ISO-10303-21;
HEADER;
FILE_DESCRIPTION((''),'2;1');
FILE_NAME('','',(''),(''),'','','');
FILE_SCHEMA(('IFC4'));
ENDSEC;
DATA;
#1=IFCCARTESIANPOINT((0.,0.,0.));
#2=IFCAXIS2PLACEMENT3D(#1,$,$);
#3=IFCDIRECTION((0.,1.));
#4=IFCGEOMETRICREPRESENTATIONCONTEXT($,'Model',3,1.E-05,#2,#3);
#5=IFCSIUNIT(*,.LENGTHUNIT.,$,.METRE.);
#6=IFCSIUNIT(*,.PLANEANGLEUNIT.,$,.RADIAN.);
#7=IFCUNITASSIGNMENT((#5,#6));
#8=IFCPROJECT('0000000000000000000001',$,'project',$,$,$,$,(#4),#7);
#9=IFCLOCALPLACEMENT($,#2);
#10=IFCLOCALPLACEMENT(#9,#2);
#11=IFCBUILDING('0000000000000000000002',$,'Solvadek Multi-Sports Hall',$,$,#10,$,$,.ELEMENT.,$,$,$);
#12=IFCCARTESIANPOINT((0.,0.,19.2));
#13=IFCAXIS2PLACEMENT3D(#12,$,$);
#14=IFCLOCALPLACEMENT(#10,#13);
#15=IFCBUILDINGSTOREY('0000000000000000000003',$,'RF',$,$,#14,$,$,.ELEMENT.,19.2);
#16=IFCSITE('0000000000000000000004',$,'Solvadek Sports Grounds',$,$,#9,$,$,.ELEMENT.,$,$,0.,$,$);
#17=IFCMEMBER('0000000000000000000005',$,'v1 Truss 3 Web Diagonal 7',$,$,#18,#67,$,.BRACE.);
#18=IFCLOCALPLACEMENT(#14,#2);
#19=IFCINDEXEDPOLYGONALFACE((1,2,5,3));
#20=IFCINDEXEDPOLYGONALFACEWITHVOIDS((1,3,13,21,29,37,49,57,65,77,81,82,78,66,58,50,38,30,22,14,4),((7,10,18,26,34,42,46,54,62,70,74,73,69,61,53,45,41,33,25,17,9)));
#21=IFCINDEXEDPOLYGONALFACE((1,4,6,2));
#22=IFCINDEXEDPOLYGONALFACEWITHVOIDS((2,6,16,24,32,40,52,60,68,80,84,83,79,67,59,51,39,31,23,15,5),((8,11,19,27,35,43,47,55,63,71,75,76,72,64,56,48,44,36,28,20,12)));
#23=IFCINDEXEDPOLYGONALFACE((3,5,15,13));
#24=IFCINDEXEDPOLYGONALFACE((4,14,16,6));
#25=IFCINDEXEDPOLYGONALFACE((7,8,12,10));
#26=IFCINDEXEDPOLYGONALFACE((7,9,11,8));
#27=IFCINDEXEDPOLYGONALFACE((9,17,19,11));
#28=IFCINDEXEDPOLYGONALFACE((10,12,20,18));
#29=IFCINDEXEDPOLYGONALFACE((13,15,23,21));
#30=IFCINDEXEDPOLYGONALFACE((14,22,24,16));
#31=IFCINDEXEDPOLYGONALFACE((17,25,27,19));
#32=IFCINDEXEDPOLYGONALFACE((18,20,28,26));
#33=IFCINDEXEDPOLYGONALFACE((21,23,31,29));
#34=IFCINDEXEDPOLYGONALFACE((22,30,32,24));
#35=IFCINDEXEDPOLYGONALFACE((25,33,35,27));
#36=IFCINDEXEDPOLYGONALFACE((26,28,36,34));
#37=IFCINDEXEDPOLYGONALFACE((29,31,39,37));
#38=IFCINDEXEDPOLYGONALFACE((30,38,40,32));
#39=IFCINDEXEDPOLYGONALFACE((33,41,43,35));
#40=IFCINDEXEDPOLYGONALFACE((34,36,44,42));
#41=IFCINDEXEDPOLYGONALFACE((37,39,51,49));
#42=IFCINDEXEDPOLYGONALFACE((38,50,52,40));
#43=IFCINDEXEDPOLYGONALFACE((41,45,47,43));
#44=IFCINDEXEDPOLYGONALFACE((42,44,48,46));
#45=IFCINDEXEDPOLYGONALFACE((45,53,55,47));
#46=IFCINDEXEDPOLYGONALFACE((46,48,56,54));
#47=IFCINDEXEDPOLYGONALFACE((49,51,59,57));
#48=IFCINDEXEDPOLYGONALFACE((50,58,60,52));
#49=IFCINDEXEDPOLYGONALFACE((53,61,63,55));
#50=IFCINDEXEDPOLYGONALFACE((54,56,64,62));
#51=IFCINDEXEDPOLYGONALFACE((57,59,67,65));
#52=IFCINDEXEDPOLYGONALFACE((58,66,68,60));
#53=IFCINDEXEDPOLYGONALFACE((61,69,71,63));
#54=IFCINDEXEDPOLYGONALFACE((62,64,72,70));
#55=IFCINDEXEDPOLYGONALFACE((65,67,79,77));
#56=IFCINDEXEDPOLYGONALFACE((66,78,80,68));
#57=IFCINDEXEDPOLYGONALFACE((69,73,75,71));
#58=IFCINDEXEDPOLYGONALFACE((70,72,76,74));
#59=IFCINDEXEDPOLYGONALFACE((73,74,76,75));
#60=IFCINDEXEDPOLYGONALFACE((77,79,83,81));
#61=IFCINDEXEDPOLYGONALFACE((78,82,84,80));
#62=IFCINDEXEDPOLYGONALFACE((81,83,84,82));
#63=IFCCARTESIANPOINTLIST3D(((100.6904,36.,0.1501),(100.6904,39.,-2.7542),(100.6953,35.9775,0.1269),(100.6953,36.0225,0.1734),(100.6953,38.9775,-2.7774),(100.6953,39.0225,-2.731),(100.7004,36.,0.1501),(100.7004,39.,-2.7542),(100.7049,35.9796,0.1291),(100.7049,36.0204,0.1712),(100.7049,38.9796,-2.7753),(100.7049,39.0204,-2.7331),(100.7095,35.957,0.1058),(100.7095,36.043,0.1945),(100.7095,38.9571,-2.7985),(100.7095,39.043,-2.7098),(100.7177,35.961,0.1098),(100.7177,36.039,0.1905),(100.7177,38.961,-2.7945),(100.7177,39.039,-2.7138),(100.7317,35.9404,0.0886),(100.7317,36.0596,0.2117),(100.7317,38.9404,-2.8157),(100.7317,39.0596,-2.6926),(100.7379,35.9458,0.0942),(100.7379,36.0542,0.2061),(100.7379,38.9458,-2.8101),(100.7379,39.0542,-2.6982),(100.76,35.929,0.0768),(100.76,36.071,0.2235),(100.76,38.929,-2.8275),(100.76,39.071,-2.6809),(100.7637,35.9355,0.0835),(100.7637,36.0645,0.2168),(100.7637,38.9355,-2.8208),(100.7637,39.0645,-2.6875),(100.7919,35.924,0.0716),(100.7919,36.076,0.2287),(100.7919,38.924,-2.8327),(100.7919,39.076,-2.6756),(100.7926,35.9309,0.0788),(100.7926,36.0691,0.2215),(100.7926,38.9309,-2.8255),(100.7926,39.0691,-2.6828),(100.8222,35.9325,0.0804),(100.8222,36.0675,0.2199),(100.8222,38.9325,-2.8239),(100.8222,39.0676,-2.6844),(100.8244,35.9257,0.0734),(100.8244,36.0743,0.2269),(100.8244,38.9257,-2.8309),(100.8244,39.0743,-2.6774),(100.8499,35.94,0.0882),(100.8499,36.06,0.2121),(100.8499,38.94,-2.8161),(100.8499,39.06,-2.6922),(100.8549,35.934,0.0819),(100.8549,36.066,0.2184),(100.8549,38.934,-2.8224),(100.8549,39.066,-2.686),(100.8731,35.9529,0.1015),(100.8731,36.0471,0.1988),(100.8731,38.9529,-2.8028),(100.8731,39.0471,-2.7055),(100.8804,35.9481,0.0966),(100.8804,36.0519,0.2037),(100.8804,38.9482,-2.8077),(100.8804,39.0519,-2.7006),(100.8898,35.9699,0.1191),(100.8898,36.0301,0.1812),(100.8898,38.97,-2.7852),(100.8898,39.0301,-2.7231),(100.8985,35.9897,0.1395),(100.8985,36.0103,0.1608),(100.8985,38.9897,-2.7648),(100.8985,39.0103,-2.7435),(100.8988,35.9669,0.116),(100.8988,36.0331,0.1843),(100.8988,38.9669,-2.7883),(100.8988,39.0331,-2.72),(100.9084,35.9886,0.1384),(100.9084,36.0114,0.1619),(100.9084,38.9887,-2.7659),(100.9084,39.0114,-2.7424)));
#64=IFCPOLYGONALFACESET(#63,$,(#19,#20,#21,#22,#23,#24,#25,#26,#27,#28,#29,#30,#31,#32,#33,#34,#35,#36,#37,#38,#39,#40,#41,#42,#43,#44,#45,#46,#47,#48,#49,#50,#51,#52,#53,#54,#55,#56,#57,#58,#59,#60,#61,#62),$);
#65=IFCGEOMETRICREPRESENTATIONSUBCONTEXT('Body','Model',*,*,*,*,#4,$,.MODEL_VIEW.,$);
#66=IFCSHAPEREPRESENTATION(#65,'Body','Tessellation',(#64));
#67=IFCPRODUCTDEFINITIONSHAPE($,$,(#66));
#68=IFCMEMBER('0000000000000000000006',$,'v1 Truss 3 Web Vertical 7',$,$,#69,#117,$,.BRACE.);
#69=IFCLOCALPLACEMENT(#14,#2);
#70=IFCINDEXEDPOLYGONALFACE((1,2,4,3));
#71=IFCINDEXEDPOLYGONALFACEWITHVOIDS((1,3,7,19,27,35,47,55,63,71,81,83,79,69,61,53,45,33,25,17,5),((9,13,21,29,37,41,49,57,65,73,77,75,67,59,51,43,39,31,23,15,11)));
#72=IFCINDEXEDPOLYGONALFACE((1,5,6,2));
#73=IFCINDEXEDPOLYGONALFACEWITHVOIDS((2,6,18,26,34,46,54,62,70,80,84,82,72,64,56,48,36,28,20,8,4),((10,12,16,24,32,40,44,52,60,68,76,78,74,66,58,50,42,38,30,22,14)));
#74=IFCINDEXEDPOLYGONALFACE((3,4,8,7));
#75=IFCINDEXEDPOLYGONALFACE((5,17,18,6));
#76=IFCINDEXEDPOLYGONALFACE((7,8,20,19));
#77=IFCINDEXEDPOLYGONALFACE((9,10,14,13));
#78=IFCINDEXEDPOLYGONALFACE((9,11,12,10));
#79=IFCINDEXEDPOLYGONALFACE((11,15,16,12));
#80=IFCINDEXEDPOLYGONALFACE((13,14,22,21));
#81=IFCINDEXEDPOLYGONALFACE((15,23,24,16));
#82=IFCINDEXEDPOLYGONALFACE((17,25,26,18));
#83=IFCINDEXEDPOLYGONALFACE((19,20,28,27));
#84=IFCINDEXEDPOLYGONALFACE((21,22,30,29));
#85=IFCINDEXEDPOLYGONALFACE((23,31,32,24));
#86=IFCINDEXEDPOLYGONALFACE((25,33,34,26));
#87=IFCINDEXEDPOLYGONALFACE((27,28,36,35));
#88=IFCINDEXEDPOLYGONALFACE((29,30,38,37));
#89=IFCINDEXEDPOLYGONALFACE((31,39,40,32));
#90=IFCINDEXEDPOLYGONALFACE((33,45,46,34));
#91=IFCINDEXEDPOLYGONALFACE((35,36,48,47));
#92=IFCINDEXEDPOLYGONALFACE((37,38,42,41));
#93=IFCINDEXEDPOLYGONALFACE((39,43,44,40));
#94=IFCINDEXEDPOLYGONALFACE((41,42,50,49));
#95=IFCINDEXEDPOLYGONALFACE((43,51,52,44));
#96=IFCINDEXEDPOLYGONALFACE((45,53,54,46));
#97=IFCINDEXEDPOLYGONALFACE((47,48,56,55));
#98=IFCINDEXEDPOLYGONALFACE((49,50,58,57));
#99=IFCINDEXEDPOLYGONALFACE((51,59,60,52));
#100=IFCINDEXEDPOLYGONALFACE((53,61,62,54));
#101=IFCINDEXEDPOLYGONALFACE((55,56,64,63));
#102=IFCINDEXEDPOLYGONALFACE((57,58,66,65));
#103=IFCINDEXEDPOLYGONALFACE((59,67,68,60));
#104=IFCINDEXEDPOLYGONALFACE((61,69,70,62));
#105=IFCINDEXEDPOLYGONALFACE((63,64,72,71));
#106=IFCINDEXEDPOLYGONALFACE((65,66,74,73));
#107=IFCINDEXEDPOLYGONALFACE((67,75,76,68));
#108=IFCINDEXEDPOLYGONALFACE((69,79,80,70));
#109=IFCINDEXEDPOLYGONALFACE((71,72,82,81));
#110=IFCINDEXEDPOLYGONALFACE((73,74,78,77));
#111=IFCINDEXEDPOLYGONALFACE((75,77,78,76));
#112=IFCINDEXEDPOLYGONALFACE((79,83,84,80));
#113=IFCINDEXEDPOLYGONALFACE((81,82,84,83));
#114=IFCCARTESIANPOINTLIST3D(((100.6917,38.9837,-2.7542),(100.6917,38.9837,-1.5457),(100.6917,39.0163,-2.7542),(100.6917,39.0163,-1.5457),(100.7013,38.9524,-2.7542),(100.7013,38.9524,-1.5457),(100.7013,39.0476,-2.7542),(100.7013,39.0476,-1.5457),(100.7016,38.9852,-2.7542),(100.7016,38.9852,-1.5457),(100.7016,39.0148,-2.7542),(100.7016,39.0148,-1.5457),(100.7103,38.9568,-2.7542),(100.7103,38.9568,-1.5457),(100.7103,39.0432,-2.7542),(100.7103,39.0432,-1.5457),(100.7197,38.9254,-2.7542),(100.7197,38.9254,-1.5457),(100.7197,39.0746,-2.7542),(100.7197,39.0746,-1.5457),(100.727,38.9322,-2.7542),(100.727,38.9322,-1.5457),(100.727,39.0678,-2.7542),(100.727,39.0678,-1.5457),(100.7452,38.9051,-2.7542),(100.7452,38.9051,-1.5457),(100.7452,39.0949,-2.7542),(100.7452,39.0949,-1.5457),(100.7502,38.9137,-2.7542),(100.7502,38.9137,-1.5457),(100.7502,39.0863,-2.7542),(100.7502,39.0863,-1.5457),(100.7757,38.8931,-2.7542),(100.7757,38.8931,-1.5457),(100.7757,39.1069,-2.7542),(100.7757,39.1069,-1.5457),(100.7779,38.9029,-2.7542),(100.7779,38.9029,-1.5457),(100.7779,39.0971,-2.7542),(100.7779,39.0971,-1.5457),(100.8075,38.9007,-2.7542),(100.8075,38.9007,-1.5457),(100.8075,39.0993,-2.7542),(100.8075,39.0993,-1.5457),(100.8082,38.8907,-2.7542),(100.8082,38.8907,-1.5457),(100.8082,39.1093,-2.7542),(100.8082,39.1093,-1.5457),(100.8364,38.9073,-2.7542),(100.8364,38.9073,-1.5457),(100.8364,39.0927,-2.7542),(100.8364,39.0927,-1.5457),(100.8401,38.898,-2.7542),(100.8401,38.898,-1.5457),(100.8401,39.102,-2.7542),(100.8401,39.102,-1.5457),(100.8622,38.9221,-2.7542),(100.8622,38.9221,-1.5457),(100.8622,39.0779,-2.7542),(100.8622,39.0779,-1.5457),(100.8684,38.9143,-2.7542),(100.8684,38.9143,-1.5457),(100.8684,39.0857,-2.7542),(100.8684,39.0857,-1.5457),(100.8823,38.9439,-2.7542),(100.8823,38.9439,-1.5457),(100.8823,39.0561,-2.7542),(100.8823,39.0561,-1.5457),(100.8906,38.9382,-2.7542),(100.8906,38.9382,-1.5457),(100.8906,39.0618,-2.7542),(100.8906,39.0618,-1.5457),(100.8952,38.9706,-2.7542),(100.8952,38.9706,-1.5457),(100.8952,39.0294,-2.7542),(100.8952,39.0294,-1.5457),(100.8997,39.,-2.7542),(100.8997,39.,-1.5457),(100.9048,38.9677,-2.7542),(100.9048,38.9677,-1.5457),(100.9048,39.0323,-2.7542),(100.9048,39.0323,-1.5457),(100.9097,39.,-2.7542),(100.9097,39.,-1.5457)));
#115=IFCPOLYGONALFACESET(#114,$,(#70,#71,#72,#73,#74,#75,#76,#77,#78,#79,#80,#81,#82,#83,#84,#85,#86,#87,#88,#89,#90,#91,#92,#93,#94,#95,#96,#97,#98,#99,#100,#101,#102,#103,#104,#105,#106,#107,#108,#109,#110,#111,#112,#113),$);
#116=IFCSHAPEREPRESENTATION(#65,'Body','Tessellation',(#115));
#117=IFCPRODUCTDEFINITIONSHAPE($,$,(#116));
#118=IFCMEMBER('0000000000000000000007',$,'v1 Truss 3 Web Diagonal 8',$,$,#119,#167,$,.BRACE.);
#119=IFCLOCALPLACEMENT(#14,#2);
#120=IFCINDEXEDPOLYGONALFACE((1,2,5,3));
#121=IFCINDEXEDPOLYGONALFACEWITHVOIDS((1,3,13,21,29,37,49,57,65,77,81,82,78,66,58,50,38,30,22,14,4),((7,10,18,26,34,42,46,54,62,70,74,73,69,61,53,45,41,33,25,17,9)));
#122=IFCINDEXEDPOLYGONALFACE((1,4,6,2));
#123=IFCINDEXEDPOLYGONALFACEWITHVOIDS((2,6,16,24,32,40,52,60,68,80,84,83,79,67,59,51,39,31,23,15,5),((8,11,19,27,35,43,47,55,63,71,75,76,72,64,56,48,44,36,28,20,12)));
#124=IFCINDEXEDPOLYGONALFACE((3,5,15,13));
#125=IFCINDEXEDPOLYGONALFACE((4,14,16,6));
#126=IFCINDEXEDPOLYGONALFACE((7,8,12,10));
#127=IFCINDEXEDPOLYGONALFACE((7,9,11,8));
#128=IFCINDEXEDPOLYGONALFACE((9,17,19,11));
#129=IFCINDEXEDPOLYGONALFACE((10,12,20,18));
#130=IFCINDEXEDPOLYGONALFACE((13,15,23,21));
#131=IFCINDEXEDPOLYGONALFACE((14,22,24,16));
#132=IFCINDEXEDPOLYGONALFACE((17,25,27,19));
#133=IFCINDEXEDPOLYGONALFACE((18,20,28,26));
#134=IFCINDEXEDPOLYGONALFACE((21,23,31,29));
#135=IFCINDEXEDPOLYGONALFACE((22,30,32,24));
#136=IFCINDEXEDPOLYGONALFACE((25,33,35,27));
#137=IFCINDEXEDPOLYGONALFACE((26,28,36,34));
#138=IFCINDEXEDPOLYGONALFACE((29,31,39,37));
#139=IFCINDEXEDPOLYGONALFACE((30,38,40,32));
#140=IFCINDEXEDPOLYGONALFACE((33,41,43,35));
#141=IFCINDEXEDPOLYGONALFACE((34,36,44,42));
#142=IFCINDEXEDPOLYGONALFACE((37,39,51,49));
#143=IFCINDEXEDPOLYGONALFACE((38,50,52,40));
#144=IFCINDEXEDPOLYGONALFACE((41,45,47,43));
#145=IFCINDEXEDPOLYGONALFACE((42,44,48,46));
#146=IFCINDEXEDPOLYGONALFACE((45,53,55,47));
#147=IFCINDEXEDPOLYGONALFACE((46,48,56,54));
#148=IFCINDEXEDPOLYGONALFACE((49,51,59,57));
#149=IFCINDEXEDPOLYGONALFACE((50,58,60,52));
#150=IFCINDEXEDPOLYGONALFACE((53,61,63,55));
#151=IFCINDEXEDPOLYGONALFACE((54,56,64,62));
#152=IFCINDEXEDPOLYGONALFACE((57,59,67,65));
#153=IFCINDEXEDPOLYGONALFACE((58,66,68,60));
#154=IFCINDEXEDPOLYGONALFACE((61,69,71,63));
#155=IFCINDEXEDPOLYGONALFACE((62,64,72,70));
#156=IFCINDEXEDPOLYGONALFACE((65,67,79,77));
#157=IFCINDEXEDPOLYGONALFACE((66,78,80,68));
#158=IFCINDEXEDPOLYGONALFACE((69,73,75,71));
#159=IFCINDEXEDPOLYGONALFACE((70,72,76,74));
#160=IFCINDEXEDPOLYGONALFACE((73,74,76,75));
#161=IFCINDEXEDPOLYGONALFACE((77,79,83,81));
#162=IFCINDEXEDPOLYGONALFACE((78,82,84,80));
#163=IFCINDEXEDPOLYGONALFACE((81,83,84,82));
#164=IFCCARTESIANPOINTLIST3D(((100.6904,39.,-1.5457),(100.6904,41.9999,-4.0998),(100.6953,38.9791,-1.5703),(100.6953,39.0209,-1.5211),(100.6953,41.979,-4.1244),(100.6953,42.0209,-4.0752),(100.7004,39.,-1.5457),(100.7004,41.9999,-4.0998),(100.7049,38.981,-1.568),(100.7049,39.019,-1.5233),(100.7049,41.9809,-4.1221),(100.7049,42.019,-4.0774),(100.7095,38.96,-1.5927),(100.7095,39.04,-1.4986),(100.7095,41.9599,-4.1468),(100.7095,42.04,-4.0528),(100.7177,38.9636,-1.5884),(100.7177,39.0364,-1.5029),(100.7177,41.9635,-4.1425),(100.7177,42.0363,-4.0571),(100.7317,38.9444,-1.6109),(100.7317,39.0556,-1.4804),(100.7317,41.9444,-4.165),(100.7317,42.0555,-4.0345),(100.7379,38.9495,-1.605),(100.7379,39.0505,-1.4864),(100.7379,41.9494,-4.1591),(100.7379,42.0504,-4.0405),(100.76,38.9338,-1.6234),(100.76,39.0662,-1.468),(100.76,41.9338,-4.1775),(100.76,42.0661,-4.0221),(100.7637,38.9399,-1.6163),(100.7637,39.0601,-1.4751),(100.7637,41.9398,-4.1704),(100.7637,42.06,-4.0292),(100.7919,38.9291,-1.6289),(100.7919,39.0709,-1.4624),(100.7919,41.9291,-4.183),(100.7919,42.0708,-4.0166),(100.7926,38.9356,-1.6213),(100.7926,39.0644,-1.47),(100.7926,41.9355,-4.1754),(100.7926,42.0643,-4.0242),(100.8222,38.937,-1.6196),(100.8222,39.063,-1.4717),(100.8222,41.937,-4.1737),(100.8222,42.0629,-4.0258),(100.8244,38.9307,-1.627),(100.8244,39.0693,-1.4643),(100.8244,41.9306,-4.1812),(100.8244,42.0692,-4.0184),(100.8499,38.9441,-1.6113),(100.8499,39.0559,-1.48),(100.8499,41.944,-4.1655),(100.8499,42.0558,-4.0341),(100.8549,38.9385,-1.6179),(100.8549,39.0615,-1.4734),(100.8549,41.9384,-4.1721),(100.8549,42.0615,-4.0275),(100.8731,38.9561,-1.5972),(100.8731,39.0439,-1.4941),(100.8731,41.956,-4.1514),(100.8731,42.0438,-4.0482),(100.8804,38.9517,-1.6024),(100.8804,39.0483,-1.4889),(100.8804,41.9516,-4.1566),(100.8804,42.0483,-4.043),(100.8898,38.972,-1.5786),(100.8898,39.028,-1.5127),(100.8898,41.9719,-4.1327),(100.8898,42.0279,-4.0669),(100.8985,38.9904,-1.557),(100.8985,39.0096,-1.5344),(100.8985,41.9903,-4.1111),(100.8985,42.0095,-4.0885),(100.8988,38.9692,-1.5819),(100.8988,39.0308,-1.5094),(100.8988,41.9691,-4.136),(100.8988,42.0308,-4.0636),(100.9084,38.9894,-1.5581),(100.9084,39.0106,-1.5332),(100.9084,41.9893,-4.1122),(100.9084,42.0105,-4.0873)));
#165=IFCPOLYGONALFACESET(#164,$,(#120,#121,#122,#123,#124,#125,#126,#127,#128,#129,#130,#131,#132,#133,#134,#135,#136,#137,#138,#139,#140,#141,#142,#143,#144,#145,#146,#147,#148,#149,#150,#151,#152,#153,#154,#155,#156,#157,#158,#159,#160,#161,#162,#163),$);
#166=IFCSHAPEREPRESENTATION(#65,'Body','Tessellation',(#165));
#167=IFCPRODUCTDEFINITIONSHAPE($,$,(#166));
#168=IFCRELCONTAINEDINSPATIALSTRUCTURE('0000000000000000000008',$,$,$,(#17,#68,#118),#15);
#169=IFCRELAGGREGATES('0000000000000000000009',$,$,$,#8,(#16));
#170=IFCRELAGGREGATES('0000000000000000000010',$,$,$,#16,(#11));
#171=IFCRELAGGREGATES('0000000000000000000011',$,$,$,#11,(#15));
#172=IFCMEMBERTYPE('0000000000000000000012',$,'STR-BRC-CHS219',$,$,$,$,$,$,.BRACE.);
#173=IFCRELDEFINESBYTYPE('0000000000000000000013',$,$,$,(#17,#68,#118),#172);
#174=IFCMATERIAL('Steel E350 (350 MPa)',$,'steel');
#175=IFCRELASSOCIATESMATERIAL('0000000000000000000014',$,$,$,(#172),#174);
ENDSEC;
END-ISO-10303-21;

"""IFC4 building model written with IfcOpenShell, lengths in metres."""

from ifc_helpers import new_model, si_unit, direction, frame, origin, origin_2d, place, context, subcontext, project, spatial, hollow_circle, extrude, material, material_profile, profile_set, type_object, element, save


model = new_model("IFC4")

# Units and contexts
model_context = context("Model", 3, precision=1e-05, world=origin(), true_north=direction((0.0, 1.0)))
body_context = subcontext(model_context, "Body", "Model", "MODEL_VIEW")
ifc_project = project(units=[si_unit("LENGTHUNIT", "METRE"), si_unit("PLANEANGLEUNIT", "RADIAN")], contexts=[model_context])

# Site, building, storey
site_placement = place(None, origin())
site = spatial("IfcSite", under=ifc_project, at=site_placement, Name="Solvadek Sports Grounds", CompositionType="ELEMENT", RefElevation=0.0)
building_placement = place(site_placement, origin())
building = spatial("IfcBuilding", under=site, at=building_placement, Name="Solvadek Multi-Sports Hall", CompositionType="ELEMENT")
storey_placement = place(building_placement, frame((0.0, 0.0, 19.2)))
storey = spatial("IfcBuildingStorey", under=building, at=storey_placement, Name="RF", CompositionType="ELEMENT", Elevation=19.2)

# Shared definitions
ifc_material_1 = material(Name="Steel E350 (350 MPa)", Category="steel")

# Members
ifc_material_profile_1 = material_profile(ifc_material_1, hollow_circle(Radius=0.1096, WallThickness=0.01, at=origin_2d()), Name="CHS 219.1x10")
ifc_profile_set_1 = profile_set([ifc_material_profile_1], Name="Steel E350 (350 MPa)")
member_type_1 = type_object("IfcMemberType", Name="STR-BRC-CHS219", PredefinedType="BRACE", material=ifc_profile_set_1)
member_1_placement = place(storey_placement, frame((100.8, 36.0, 0.1501), z_axis=(0.0, 0.718474, -0.695554), x_axis=(-1.0, 0.0, 0.0)))
element("IfcMember", 1, at=member_1_placement, inside=storey, type_object=member_type_1, Name="v1 Truss 3 Web Diagonal 7", PredefinedType="BRACE", context=body_context, shape_type="SweptSolid", body=[
    extrude(hollow_circle(Radius=0.1096, WallThickness=0.01, at=origin_2d()), origin(), (0.0, 0.0, 1.0), 4.1755),
])
member_2_placement = place(storey_placement, frame((100.8, 39.0, -2.7542), z_axis=(0.0, 0.0, 1.0), x_axis=(1.0, 0.0, 0.0)))
element("IfcMember", 2, at=member_2_placement, inside=storey, type_object=member_type_1, Name="v1 Truss 3 Web Vertical 7", PredefinedType="BRACE", context=body_context, shape_type="SweptSolid", body=[
    extrude(hollow_circle(Radius=0.1096, WallThickness=0.01, at=origin_2d()), origin(), (0.0, 0.0, 1.0), 1.2085),
])
member_3_placement = place(storey_placement, frame((100.8, 39.0, -1.5457), z_axis=(0.0, 0.761413, -0.648267), x_axis=(-1.0, 0.0, 0.0)))
element("IfcMember", 3, at=member_3_placement, inside=storey, type_object=member_type_1, Name="v1 Truss 3 Web Diagonal 8", PredefinedType="BRACE", context=body_context, shape_type="SweptSolid", body=[
    extrude(hollow_circle(Radius=0.1096, WallThickness=0.01, at=origin_2d()), origin(), (0.0, 0.0, 1.0), 3.9399),
])

save(model, "model.ifc")
